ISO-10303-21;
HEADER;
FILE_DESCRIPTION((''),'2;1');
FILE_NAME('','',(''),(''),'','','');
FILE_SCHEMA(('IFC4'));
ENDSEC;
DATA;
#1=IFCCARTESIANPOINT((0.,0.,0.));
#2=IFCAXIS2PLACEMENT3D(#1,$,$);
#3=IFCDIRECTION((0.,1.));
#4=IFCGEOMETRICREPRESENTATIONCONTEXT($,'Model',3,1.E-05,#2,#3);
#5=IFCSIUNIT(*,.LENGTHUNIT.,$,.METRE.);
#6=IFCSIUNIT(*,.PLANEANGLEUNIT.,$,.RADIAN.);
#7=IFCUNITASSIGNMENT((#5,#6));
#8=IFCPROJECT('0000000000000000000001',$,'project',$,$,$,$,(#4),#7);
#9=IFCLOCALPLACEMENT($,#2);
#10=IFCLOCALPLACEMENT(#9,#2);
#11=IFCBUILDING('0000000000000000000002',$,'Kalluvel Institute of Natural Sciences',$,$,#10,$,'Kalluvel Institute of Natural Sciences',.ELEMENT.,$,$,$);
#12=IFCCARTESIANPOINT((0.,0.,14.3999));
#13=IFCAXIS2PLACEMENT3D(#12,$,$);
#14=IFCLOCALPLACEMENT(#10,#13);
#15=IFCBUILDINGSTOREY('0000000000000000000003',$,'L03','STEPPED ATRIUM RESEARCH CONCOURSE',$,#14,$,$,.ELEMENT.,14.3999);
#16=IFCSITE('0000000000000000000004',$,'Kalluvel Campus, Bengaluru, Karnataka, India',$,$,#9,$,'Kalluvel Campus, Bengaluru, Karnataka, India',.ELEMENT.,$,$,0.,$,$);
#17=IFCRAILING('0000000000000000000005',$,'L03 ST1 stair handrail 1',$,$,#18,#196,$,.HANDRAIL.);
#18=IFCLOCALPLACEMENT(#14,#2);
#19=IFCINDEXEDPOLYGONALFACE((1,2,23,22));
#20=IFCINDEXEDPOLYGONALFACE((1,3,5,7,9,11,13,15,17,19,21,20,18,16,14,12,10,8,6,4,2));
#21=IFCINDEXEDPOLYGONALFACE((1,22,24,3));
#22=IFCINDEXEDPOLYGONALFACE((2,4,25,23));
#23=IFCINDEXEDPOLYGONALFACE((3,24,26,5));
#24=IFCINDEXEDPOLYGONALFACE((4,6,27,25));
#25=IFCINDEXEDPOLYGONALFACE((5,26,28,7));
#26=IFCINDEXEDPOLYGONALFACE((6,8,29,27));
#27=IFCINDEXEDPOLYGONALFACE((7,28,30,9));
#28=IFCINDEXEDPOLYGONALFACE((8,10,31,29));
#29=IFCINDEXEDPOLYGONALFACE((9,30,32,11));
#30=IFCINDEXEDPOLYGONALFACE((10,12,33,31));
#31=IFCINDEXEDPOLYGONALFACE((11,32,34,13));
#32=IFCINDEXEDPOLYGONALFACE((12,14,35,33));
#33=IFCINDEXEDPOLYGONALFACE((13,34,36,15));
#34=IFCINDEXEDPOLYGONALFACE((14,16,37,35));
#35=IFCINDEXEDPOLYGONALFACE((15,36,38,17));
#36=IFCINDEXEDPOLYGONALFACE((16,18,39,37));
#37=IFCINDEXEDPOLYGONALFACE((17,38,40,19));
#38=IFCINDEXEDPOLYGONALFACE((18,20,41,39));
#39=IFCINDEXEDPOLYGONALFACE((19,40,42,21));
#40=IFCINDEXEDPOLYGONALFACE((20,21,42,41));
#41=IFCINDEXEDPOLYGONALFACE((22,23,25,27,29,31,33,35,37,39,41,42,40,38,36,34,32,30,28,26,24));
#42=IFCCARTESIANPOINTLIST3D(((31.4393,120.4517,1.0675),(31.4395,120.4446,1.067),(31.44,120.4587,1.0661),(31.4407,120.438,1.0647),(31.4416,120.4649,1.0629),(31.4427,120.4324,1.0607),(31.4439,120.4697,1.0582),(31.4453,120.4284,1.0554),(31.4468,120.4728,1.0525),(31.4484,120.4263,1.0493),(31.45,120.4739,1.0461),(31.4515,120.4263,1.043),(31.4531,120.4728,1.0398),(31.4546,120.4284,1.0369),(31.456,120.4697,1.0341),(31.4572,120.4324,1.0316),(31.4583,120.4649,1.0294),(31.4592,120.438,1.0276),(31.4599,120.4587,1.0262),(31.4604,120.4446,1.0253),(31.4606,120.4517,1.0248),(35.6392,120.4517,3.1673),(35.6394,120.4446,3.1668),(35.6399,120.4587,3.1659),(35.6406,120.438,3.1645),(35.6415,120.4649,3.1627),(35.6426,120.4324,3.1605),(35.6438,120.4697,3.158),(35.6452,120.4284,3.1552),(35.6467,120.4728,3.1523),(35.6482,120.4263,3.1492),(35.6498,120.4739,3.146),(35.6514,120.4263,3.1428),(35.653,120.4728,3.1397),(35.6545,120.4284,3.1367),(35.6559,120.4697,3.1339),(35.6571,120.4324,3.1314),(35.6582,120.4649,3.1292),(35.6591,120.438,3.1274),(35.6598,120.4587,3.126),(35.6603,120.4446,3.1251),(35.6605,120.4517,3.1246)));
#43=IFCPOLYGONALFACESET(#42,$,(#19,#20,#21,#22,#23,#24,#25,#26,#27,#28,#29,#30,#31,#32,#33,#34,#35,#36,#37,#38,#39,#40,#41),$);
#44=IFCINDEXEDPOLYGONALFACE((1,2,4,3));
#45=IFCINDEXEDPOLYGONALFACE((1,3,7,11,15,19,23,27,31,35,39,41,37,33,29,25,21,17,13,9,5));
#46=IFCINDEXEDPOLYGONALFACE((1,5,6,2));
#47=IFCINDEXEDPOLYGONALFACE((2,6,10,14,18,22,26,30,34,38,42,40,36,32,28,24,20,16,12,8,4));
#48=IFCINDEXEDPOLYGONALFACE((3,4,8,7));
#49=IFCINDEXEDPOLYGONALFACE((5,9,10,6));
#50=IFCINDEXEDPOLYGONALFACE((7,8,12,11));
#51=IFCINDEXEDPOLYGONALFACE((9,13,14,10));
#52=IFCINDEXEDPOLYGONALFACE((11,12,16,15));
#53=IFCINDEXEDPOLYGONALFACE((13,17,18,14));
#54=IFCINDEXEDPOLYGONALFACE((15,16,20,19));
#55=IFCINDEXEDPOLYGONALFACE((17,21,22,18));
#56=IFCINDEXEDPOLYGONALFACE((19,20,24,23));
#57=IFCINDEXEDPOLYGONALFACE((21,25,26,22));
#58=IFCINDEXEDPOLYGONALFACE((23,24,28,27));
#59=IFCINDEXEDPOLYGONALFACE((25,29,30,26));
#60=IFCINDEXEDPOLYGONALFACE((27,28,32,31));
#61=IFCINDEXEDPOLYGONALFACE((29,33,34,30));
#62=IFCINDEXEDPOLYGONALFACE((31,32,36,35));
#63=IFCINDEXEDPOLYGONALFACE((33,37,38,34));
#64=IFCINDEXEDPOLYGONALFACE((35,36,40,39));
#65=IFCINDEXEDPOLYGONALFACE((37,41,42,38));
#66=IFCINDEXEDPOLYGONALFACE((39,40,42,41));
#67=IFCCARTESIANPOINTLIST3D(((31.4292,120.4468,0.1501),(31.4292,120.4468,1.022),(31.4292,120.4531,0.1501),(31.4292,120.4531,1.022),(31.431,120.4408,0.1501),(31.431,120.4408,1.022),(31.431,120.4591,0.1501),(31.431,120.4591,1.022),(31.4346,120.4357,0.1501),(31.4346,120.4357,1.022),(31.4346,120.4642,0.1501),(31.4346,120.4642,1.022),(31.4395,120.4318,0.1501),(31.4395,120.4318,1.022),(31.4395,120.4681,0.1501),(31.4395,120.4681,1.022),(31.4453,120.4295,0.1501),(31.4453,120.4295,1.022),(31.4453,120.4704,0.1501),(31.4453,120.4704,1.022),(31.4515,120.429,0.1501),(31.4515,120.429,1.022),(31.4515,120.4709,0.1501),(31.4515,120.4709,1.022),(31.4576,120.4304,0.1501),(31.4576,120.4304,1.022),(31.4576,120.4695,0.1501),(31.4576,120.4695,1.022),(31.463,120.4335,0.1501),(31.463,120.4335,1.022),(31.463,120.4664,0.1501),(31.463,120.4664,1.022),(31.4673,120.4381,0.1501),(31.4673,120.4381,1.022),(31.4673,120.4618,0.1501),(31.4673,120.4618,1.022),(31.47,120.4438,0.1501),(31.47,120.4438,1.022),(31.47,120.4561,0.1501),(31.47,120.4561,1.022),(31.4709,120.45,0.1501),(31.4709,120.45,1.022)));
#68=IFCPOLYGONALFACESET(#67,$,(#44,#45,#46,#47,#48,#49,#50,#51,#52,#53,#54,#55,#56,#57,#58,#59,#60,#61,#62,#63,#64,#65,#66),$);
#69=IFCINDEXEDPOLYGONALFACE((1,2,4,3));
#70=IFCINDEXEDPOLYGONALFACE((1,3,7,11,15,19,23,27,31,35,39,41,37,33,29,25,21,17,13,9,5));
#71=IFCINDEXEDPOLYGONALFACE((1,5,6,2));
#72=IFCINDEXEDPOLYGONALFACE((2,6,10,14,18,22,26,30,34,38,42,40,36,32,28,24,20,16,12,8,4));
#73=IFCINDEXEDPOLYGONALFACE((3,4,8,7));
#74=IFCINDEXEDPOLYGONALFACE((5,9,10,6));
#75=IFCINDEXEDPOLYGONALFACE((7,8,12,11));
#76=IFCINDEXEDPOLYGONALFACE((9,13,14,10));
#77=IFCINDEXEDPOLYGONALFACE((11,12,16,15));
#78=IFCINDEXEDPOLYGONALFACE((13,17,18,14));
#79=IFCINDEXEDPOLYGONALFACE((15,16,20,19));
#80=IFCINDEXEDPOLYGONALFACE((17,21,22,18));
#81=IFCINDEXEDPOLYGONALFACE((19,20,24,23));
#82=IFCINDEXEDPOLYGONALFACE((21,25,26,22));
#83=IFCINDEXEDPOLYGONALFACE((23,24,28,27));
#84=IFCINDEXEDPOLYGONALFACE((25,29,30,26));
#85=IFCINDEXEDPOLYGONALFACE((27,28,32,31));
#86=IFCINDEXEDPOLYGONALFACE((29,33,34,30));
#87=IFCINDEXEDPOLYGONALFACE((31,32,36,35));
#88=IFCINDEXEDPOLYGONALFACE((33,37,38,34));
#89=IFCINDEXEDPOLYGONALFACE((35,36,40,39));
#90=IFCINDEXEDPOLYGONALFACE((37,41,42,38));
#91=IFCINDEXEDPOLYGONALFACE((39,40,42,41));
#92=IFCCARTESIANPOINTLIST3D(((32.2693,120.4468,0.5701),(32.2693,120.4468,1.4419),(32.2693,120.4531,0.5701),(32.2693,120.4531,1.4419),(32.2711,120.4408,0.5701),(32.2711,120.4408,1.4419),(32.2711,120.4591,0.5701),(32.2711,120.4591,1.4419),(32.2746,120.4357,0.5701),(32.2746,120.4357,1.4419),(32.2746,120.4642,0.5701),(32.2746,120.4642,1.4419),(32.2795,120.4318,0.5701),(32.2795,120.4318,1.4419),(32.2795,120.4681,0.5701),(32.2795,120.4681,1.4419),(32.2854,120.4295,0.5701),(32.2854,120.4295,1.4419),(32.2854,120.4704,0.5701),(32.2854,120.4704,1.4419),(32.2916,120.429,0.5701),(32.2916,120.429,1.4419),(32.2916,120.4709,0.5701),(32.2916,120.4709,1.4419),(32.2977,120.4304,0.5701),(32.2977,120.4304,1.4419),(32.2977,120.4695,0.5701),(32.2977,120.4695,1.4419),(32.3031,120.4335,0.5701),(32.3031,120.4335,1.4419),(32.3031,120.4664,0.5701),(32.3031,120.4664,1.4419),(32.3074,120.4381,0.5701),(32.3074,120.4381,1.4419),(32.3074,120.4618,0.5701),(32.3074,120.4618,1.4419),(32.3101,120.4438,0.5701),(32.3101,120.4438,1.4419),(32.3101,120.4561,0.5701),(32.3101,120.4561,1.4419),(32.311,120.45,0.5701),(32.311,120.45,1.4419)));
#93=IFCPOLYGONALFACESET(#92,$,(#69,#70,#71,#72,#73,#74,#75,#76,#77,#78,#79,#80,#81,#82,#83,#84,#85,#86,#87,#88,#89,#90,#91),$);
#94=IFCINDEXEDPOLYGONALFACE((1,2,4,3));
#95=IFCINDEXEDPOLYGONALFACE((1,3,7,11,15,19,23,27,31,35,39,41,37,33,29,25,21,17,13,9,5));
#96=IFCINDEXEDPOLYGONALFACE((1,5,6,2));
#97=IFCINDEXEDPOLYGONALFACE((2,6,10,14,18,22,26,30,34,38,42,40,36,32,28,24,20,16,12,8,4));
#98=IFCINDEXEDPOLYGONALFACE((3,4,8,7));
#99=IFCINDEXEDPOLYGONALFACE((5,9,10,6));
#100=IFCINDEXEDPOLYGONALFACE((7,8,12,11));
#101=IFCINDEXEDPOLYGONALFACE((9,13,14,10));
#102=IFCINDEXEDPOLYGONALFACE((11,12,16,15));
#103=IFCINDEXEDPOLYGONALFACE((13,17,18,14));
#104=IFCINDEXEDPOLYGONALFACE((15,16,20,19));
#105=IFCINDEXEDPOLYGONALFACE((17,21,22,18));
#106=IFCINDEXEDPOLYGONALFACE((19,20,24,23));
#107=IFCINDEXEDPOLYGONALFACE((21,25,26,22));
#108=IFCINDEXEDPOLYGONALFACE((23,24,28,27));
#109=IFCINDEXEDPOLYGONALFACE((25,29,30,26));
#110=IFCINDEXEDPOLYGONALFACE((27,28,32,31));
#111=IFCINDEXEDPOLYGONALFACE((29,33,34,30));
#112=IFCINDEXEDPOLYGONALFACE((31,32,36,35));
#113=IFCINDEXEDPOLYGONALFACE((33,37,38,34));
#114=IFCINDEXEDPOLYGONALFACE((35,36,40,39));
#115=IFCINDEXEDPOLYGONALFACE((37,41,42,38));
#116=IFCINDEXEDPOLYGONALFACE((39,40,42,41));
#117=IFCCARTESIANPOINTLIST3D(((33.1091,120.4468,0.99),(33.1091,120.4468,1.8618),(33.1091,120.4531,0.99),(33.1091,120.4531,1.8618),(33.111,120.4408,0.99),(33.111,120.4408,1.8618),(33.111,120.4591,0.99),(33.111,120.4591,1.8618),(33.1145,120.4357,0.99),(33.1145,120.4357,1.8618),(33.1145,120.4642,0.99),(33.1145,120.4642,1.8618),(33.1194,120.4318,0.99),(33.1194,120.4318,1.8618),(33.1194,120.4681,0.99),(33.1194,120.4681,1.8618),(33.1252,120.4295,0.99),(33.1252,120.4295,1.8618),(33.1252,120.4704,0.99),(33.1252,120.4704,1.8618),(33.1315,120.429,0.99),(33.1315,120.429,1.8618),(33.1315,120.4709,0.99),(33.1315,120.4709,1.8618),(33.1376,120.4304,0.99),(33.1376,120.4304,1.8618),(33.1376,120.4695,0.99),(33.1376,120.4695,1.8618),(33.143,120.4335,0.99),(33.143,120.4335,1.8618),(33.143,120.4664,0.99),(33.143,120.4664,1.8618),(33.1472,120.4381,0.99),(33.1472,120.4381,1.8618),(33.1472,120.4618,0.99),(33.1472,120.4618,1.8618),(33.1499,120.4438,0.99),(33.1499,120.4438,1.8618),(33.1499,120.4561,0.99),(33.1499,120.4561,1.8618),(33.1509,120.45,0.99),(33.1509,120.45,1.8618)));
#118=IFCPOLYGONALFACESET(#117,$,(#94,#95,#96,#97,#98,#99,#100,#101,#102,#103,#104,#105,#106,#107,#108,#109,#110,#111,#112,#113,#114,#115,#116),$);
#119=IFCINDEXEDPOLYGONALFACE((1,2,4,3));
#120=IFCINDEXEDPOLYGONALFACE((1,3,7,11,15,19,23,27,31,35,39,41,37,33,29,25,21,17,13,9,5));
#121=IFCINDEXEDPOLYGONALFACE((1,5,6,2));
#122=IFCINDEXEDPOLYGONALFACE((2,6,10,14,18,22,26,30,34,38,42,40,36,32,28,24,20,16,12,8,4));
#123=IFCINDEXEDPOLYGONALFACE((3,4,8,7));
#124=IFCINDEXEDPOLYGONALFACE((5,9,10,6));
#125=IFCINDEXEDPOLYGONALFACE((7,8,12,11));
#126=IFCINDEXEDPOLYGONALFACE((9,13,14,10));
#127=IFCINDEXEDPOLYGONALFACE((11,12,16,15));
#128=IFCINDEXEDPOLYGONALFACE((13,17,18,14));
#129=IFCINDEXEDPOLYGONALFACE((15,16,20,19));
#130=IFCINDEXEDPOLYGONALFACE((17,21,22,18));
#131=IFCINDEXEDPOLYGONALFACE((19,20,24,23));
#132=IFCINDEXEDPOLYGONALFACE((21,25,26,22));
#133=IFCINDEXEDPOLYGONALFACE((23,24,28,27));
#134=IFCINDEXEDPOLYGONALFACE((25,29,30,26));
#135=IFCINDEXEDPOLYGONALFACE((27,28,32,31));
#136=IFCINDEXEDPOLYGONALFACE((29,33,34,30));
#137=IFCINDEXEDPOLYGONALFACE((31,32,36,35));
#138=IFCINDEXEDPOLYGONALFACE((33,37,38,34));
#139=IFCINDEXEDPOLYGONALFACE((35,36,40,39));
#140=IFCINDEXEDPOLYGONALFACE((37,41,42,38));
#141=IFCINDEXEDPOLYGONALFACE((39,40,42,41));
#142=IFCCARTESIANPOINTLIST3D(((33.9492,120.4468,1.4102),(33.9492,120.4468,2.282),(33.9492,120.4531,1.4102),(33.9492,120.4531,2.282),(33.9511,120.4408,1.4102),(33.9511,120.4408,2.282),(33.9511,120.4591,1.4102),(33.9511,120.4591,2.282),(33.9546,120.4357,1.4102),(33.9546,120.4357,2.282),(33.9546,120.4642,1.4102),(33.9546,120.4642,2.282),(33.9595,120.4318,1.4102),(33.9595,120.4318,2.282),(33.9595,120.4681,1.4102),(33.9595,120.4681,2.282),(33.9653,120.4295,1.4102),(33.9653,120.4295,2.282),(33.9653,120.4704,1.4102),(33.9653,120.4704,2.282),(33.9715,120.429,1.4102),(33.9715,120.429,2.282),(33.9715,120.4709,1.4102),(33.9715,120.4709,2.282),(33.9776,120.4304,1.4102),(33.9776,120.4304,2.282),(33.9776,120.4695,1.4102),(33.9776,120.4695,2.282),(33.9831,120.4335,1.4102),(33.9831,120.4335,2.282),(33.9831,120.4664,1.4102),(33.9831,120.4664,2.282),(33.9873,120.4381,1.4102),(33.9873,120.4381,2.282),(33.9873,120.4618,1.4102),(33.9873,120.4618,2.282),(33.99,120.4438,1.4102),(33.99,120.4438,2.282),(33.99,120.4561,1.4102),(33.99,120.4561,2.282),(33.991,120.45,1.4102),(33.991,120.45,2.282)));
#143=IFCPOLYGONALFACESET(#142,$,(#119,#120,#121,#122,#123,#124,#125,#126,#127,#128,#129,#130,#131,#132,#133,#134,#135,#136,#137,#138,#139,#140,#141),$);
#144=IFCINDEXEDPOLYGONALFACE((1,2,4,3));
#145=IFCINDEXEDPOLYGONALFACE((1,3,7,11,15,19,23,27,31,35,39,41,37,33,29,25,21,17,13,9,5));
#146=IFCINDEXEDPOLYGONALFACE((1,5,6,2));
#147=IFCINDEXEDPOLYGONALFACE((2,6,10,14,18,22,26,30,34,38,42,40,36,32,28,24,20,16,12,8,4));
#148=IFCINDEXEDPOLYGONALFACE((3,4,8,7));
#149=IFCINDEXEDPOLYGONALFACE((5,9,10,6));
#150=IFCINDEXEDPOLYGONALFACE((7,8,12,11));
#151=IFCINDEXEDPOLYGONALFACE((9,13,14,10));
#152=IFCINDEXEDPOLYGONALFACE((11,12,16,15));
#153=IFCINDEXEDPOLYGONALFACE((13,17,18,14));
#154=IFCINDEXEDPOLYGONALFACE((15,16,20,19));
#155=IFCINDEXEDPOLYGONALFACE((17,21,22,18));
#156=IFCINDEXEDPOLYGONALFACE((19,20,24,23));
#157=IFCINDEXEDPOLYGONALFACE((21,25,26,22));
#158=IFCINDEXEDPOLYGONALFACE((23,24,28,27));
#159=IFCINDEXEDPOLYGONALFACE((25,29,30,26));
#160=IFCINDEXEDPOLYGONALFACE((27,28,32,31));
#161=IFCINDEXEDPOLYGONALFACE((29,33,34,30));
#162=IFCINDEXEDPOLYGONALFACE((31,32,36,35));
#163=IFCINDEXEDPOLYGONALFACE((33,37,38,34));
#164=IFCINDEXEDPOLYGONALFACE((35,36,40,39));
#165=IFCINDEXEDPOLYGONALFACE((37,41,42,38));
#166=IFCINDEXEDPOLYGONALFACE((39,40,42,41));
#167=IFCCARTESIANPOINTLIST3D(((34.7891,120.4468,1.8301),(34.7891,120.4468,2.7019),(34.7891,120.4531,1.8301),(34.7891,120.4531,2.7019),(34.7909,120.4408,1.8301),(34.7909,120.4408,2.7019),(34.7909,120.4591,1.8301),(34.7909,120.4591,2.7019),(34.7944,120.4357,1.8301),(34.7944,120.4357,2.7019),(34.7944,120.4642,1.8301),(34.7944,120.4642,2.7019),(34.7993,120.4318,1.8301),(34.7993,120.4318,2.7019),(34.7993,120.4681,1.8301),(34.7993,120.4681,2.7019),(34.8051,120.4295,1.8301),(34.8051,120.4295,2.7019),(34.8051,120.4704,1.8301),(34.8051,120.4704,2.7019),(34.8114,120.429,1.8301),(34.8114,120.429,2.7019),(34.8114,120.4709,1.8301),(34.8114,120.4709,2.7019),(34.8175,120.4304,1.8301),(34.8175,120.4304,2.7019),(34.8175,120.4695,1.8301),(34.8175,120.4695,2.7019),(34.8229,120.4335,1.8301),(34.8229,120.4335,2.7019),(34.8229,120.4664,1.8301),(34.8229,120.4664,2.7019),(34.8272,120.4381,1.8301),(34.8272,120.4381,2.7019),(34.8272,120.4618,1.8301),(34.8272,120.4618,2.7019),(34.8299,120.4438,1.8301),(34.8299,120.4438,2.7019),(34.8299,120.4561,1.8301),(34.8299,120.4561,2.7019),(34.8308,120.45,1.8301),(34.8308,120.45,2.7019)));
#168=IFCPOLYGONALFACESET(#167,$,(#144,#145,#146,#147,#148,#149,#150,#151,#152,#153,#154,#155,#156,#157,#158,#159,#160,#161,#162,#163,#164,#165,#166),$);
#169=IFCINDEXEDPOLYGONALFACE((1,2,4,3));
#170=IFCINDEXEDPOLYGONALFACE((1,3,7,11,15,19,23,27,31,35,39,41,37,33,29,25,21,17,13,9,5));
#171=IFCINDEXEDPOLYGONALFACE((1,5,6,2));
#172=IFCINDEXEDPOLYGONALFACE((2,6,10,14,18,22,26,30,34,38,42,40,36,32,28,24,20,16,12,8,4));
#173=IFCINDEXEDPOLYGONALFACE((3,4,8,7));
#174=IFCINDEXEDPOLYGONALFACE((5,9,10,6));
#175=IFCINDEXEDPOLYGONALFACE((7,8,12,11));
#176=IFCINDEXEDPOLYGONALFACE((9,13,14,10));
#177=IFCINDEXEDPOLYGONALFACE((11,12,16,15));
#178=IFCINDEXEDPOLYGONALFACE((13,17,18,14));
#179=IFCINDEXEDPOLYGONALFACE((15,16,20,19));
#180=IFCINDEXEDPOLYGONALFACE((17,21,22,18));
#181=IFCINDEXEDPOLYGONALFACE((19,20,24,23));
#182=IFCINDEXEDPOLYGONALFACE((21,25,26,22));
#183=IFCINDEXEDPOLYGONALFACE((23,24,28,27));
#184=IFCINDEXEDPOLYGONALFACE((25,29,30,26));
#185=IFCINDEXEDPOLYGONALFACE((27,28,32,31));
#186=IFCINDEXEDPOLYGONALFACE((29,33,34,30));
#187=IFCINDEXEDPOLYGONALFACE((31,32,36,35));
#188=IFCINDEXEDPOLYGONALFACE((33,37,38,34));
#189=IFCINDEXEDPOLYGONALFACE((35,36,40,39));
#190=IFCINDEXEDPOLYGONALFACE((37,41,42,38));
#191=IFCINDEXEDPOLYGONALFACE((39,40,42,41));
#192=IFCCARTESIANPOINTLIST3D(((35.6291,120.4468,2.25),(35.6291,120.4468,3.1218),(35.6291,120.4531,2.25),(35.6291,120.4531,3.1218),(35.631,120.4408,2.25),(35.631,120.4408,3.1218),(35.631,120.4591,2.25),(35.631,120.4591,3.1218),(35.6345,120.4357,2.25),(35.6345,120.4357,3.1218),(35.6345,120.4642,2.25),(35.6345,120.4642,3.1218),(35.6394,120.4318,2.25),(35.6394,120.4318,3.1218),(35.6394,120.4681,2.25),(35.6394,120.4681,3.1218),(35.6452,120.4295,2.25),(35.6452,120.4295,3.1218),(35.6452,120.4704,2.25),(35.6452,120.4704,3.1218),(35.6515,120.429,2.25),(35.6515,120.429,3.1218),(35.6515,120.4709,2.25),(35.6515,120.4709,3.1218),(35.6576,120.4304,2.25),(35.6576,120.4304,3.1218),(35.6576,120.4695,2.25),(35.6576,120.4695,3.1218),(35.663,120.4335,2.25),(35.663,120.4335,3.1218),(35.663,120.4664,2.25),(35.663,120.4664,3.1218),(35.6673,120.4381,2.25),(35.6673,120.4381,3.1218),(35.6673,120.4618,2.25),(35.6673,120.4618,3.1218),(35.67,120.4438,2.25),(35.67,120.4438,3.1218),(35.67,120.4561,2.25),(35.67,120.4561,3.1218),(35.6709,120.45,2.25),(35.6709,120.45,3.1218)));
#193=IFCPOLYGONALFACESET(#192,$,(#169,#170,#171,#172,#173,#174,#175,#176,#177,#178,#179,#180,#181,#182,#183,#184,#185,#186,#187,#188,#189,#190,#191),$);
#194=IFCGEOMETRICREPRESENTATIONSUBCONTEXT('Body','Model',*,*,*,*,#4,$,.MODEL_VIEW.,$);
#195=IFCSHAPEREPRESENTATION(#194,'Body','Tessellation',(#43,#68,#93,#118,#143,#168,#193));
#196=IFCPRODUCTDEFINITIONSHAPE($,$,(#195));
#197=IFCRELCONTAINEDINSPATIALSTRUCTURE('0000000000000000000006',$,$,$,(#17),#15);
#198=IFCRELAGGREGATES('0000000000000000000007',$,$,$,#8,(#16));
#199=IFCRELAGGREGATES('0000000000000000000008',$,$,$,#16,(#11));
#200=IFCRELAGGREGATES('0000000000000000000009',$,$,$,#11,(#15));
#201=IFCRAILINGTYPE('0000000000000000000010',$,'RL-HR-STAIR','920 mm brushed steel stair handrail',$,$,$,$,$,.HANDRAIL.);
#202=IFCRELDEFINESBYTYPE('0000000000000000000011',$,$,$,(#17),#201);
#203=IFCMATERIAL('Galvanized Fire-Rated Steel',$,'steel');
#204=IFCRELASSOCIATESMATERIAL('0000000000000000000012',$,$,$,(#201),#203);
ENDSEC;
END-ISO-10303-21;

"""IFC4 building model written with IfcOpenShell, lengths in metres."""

from ifc_helpers import new_model, si_unit, direction, frame, origin, origin_2d, place, context, subcontext, project, spatial, circle, extrude, material, type_object, element, save


model = new_model("IFC4")

# Units and contexts
model_context = context("Model", 3, precision=1e-05, world=origin(), true_north=direction((0.0, 1.0)))
body_context = subcontext(model_context, "Body", "Model", "MODEL_VIEW")
ifc_project = project(units=[si_unit("LENGTHUNIT", "METRE"), si_unit("PLANEANGLEUNIT", "RADIAN")], contexts=[model_context])

# Site, building, storey
site_placement = place(None, origin())
site = spatial("IfcSite", under=ifc_project, at=site_placement, Name="Kalluvel Campus, Bengaluru, Karnataka, India", LongName="Kalluvel Campus, Bengaluru, Karnataka, India", CompositionType="ELEMENT", RefElevation=0.0)
building_placement = place(site_placement, origin())
building = spatial("IfcBuilding", under=site, at=building_placement, Name="Kalluvel Institute of Natural Sciences", LongName="Kalluvel Institute of Natural Sciences", CompositionType="ELEMENT")
storey_placement = place(building_placement, frame((0.0, 0.0, 14.3999)))
storey = spatial("IfcBuildingStorey", under=building, at=storey_placement, Name="L03", Description="STEPPED ATRIUM RESEARCH CONCOURSE", CompositionType="ELEMENT", Elevation=14.3999)

# Shared definitions
ifc_material_1 = material(Name="Galvanized Fire-Rated Steel", Category="steel")

# Railing
railing_type = type_object("IfcRailingType", Name="RL-HR-STAIR", Description="920 mm brushed steel stair handrail", PredefinedType="HANDRAIL", material=ifc_material_1)
railing_placement = place(storey_placement, frame((31.45, 120.45, 0.1501)))
element("IfcRailing", 1, at=railing_placement, inside=storey, type_object=railing_type, Name="L03 ST1 stair handrail 1", PredefinedType="HANDRAIL", context=body_context, shape_type="SweptSolid", body=[
    extrude(circle(Radius=0.0239, at=origin_2d()), frame((0.0, 0.0, 0.896), z_axis=(0.894438, 0.0, 0.447193), x_axis=(0.0, 1.0, 0.0)), (0.0, 0.0, 1.0), 4.6956),
    extrude(circle(Radius=0.021, at=origin_2d()), origin(), (0.0, 0.0, 1.0), 0.8718),
    extrude(circle(Radius=0.021, at=origin_2d()), frame((0.8401, 0.0, 0.4199)), (0.0, 0.0, 1.0), 0.8718),
    extrude(circle(Radius=0.021, at=origin_2d()), frame((1.6799, 0.0, 0.8398)), (0.0, 0.0, 1.0), 0.8718),
    extrude(circle(Radius=0.021, at=origin_2d()), frame((2.52, 0.0, 1.26)), (0.0, 0.0, 1.0), 0.8718),
    extrude(circle(Radius=0.021, at=origin_2d()), frame((3.3599, 0.0, 1.6799)), (0.0, 0.0, 1.0), 0.8718),
    extrude(circle(Radius=0.021, at=origin_2d()), frame((4.2, 0.0, 2.0999)), (0.0, 0.0, 1.0), 0.8718),
])

save(model, "model.ifc")
